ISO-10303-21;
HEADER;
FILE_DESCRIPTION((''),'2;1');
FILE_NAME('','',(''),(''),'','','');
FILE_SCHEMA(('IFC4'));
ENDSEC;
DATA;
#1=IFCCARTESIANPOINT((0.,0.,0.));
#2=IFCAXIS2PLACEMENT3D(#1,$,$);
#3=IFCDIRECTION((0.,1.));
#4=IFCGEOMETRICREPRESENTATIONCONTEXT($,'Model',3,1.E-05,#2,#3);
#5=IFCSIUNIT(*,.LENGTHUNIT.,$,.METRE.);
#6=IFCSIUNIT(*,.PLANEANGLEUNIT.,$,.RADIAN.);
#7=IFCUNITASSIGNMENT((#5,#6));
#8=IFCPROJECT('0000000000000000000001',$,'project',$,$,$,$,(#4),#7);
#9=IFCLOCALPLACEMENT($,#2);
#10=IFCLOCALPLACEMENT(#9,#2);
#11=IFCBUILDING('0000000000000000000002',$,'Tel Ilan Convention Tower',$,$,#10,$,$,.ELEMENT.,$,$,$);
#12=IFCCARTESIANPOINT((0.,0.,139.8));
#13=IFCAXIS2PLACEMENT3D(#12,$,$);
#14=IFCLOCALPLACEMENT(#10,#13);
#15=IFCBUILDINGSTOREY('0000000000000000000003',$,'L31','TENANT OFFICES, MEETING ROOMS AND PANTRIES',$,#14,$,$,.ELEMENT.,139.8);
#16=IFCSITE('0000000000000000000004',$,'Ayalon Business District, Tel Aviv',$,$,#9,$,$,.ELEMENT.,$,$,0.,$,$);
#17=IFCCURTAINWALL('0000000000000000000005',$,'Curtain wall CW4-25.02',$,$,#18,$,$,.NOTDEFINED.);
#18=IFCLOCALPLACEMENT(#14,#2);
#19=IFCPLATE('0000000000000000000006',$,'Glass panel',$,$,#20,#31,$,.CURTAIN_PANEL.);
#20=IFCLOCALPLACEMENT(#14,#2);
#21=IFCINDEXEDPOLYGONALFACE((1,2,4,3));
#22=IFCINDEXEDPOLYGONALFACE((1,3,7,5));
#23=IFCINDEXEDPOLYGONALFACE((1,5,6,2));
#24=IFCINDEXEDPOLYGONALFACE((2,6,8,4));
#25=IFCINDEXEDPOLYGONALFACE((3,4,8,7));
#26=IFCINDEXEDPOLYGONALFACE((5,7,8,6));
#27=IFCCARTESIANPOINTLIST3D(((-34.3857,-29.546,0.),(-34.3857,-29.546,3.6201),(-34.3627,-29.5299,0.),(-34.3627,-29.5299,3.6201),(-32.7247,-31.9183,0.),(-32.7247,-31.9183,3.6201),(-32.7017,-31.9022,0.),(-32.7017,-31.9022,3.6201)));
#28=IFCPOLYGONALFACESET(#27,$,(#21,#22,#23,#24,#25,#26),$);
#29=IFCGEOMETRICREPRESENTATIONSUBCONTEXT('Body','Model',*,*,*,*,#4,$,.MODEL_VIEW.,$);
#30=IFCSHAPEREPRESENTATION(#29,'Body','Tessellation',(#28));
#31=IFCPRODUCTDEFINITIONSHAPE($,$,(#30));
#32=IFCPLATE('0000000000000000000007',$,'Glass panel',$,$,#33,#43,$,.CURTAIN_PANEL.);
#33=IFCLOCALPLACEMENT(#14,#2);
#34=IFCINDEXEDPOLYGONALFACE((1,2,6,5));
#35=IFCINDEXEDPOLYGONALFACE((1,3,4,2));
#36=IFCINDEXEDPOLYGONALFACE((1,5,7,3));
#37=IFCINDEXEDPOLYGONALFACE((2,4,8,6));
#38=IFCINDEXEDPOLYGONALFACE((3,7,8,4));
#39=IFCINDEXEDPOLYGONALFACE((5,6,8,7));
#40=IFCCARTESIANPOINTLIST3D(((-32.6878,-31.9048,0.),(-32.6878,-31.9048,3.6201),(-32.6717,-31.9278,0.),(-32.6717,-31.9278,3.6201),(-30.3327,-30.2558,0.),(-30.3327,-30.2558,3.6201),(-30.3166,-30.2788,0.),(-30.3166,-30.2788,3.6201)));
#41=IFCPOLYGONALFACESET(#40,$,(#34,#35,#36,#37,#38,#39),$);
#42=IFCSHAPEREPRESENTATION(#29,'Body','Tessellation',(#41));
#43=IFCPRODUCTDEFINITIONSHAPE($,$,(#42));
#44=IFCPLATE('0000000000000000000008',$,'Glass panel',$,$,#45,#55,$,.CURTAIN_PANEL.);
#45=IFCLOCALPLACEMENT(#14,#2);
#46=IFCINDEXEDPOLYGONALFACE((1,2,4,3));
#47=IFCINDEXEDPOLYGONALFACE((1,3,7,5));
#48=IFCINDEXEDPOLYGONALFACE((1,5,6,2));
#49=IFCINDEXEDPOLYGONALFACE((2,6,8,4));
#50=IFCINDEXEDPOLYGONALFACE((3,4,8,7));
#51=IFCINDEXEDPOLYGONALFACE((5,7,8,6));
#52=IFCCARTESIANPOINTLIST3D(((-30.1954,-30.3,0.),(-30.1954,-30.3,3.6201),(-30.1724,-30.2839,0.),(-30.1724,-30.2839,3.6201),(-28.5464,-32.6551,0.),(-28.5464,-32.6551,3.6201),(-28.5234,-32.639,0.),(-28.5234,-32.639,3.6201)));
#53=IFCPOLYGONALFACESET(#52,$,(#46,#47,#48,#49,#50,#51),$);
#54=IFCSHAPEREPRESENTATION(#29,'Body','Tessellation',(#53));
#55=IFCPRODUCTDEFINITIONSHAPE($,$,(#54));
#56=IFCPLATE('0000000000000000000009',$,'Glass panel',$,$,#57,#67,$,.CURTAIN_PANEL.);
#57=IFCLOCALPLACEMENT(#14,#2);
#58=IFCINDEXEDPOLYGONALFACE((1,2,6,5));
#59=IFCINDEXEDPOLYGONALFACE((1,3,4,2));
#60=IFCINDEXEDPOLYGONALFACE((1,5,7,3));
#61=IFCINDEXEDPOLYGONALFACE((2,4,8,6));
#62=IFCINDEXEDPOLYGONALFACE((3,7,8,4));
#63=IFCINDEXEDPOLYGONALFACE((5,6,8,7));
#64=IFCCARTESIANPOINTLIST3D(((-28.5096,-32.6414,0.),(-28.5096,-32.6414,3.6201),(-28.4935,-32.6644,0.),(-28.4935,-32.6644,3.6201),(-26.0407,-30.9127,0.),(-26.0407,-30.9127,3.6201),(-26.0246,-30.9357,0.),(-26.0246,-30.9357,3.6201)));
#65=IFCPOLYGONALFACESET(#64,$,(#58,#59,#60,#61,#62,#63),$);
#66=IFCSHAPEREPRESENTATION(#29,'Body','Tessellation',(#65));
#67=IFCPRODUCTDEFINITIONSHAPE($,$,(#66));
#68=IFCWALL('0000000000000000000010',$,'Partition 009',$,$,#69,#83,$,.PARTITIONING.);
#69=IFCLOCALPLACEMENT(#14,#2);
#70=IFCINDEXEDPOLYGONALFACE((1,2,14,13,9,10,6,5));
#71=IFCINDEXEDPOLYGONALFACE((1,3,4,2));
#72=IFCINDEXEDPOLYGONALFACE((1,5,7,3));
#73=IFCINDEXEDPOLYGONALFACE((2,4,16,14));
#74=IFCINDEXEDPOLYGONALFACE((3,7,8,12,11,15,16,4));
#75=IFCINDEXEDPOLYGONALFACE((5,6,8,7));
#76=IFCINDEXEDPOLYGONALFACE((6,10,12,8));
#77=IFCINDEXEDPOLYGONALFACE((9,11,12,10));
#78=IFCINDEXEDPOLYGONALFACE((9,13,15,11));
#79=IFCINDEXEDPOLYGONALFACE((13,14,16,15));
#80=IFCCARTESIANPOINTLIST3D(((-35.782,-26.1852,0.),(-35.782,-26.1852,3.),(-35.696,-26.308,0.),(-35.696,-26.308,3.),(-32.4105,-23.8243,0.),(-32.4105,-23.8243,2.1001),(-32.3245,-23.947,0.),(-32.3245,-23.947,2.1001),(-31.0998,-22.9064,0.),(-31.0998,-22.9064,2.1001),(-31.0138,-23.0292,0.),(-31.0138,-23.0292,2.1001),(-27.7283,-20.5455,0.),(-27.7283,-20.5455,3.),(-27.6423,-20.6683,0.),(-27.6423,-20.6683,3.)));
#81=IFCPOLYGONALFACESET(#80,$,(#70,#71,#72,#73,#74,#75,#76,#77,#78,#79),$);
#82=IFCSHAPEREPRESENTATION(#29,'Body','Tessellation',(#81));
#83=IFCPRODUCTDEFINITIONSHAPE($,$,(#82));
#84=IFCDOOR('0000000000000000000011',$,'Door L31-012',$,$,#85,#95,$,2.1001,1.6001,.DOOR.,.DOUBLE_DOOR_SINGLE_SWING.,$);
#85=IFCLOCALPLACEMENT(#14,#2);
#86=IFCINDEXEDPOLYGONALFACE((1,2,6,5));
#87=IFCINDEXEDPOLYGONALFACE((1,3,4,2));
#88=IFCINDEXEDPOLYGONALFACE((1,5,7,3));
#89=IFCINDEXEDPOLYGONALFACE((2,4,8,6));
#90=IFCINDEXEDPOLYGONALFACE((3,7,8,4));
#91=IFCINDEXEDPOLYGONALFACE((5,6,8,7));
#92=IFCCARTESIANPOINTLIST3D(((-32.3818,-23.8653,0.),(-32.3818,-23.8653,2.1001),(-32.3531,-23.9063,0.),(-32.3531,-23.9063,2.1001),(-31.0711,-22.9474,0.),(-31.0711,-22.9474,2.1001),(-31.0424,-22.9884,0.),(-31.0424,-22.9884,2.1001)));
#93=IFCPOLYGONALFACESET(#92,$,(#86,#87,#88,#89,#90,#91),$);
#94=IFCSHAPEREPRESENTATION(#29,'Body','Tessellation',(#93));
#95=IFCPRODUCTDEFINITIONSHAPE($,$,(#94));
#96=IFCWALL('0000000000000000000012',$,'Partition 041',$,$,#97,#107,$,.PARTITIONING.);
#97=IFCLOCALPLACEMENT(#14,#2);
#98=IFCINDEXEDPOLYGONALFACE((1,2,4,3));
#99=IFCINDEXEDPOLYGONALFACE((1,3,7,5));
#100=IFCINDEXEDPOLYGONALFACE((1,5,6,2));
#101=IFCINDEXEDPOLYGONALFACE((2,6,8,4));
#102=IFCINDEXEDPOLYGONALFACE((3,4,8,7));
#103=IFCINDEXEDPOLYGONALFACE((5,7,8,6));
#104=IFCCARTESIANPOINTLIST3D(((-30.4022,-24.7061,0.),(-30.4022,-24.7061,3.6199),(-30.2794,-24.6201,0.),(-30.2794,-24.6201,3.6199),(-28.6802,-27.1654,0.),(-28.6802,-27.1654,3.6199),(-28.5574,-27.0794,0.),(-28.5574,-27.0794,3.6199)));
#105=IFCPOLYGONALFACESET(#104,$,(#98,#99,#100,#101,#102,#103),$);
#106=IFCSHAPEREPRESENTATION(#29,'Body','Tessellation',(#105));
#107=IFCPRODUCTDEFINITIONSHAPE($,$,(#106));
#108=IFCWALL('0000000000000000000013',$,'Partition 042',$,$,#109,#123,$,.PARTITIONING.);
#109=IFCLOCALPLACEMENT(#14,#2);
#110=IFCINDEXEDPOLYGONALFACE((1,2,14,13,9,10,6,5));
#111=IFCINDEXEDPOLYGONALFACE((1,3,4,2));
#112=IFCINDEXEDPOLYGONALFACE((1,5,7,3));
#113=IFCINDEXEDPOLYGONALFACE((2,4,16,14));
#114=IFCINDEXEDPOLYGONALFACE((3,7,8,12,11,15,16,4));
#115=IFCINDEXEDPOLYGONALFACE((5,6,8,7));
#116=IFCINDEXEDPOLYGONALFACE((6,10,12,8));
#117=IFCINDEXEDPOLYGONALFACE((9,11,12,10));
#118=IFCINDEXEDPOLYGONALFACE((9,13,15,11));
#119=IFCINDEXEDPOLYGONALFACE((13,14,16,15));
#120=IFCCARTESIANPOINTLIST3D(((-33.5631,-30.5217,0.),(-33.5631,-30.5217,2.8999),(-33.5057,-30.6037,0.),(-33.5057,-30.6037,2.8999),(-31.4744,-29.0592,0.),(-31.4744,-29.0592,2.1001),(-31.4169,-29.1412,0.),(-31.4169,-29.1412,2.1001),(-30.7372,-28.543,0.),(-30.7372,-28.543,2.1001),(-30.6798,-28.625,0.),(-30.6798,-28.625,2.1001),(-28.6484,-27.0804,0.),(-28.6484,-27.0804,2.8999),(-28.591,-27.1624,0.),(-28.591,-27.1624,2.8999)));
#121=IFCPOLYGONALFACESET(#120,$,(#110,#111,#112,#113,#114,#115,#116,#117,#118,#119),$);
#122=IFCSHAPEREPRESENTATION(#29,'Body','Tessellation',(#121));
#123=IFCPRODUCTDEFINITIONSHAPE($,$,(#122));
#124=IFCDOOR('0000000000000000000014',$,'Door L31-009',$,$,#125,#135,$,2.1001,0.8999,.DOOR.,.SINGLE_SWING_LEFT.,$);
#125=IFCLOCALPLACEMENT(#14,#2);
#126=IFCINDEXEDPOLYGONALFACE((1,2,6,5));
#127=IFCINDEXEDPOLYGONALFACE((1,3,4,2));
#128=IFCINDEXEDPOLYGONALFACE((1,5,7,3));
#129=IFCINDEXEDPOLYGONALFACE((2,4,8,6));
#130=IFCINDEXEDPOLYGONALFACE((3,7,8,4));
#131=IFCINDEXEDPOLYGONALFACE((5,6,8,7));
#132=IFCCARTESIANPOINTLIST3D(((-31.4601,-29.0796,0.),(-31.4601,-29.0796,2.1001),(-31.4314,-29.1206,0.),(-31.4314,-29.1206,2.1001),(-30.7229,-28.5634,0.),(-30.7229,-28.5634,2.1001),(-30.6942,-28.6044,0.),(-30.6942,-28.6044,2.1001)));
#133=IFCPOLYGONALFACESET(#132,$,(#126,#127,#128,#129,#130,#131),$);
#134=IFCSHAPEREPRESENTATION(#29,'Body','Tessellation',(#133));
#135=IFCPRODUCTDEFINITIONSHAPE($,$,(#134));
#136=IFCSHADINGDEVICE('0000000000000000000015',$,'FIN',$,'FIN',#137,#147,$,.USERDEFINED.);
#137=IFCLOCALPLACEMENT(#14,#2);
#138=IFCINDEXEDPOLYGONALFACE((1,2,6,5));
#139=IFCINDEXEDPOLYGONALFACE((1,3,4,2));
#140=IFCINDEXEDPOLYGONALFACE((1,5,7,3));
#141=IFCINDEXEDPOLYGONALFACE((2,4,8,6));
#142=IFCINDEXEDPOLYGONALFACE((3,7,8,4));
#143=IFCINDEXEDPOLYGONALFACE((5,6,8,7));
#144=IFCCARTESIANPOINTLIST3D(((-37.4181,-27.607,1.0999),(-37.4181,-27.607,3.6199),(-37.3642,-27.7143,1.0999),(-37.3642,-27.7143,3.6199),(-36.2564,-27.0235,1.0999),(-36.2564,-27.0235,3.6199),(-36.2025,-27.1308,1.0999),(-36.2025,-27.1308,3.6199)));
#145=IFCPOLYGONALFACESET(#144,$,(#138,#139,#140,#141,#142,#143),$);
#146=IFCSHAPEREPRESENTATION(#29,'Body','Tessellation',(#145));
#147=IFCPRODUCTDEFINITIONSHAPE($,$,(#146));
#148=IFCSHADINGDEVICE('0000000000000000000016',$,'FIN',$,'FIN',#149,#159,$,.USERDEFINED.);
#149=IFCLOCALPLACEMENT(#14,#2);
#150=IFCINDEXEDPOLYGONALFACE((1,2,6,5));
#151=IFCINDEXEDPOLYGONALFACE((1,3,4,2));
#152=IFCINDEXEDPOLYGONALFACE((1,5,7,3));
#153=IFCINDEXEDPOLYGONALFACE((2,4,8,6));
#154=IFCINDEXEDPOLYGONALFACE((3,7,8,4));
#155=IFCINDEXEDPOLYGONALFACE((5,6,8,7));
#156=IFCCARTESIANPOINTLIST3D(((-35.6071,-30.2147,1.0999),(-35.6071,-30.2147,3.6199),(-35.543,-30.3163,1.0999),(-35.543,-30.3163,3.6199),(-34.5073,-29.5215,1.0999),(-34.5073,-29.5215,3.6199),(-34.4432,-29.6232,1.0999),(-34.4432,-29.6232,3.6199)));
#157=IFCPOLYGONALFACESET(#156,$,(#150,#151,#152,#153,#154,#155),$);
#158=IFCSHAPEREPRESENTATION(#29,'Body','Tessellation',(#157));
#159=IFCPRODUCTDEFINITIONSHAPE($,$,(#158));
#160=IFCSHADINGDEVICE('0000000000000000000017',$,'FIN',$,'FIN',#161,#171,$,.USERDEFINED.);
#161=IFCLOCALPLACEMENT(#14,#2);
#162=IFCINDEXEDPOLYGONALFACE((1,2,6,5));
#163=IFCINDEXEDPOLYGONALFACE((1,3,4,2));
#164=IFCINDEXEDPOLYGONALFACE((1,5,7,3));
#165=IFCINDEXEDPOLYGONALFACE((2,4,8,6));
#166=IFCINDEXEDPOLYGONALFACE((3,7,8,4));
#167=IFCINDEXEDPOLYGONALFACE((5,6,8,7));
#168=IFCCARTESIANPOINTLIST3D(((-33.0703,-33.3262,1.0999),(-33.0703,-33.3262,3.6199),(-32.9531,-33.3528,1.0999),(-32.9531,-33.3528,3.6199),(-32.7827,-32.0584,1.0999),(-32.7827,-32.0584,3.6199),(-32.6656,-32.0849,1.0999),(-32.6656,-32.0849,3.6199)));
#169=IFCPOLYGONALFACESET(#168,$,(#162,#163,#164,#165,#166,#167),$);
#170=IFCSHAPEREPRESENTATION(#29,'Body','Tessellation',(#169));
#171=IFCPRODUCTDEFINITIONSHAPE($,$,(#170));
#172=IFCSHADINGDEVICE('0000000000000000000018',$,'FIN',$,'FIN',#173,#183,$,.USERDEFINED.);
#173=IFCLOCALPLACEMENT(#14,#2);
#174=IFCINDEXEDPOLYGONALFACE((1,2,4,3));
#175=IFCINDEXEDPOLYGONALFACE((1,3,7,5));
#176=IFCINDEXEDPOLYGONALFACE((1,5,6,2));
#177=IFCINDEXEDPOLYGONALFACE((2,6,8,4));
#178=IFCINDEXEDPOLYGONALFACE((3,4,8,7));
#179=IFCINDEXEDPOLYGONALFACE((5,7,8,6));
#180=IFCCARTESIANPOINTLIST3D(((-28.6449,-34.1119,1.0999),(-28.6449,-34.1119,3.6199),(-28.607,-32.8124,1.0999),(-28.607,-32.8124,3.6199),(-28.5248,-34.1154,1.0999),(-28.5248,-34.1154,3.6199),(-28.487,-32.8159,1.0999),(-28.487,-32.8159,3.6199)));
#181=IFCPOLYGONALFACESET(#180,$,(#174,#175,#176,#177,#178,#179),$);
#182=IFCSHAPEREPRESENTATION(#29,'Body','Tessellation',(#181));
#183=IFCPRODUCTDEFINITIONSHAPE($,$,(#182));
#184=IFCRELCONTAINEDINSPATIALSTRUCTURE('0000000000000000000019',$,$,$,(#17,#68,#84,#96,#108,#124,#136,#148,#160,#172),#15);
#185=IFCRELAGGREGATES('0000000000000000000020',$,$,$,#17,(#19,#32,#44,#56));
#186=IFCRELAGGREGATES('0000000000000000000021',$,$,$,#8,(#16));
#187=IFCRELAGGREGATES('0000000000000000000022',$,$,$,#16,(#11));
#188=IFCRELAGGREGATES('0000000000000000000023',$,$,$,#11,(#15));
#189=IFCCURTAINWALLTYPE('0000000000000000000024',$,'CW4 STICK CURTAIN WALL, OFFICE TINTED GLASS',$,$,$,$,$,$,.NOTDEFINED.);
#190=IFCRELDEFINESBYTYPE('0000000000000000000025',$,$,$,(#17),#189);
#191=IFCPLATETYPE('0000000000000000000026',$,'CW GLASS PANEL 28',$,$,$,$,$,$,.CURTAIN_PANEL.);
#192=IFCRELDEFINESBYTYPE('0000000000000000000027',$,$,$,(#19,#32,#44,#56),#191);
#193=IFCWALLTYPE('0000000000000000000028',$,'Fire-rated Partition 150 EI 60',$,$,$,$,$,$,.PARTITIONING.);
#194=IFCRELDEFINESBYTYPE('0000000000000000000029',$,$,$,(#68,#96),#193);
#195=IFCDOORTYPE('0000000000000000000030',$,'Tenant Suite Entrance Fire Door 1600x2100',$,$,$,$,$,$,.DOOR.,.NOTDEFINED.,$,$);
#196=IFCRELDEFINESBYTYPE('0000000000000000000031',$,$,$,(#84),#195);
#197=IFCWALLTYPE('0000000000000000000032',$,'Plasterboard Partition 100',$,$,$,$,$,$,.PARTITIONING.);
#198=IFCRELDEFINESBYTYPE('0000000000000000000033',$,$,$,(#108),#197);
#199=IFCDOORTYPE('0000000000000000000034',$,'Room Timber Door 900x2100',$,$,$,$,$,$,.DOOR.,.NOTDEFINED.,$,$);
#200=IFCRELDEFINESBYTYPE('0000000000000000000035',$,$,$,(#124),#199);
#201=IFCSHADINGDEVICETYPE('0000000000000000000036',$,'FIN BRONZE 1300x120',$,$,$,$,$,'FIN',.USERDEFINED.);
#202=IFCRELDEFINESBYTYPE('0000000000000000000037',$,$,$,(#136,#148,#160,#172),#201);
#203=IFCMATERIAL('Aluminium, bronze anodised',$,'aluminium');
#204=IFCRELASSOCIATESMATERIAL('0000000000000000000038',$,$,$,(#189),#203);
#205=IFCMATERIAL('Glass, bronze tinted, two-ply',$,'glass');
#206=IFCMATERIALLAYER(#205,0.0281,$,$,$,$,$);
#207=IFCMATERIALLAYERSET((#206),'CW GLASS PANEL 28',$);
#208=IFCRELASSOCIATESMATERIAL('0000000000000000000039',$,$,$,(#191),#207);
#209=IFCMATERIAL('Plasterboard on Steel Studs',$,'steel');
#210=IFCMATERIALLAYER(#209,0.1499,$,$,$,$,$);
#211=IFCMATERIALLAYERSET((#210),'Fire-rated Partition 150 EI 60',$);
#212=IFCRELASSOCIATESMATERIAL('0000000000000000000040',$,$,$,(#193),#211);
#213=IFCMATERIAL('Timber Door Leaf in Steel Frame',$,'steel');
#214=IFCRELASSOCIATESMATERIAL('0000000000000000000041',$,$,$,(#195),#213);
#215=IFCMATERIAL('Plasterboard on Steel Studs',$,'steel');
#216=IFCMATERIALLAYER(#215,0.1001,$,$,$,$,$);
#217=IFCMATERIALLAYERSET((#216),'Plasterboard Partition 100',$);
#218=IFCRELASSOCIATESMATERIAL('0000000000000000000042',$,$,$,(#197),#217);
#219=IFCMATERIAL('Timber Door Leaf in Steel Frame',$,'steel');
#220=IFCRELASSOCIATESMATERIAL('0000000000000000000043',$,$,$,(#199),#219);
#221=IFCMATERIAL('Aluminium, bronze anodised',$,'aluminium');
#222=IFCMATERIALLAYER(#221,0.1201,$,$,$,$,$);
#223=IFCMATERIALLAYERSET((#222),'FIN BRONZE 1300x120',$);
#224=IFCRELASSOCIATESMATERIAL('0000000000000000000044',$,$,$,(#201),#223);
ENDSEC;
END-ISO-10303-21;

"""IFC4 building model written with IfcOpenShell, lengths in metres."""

from ifc_helpers import new_model, si_unit, direction, frame, frame_2d, origin, origin_2d, place, context, subcontext, project, spatial, rectangle, extrude, material, layer, layer_set, type_object, element, fill, aggregate, save


model = new_model("IFC4")

# Units and contexts
model_context = context("Model", 3, precision=1e-05, world=origin(), true_north=direction((0.0, 1.0)))
body_context = subcontext(model_context, "Body", "Model", "MODEL_VIEW")
ifc_project = project(units=[si_unit("LENGTHUNIT", "METRE"), si_unit("PLANEANGLEUNIT", "RADIAN")], contexts=[model_context])

# Site, building, storey
site_placement = place(None, origin())
site = spatial("IfcSite", under=ifc_project, at=site_placement, Name="Ayalon Business District, Tel Aviv", CompositionType="ELEMENT", RefElevation=0.0)
building_placement = place(site_placement, origin())
building = spatial("IfcBuilding", under=site, at=building_placement, Name="Tel Ilan Convention Tower", CompositionType="ELEMENT")
storey_placement = place(building_placement, frame((0.0, 0.0, 139.8)))
storey = spatial("IfcBuildingStorey", under=building, at=storey_placement, Name="L31", Description="TENANT OFFICES, MEETING ROOMS AND PANTRIES", CompositionType="ELEMENT", Elevation=139.8)

# Curtain wall, plates
ifc_material_1 = material(Name="Aluminium, bronze anodised", Category="aluminium")
curtain_wall_type = type_object("IfcCurtainWallType", Name="CW4 STICK CURTAIN WALL, OFFICE TINTED GLASS", PredefinedType="NOTDEFINED", material=ifc_material_1)
curtain_wall_placement = place(storey_placement, origin())
curtain_wall = element("IfcCurtainWall", 1, at=curtain_wall_placement, inside=storey, type_object=curtain_wall_type, Name="Curtain wall CW4-25.02", PredefinedType="NOTDEFINED")
ifc_material_2 = material(Name="Glass, bronze tinted, two-ply", Category="glass")
ifc_layer_1 = layer(ifc_material_2, 0.0281)
ifc_layer_set_1 = layer_set([ifc_layer_1], Name="CW GLASS PANEL 28")
plate_type = type_object("IfcPlateType", Name="CW GLASS PANEL 28", PredefinedType="CURTAIN_PANEL", material=ifc_layer_set_1)
plate_1_placement = place(storey_placement, frame((-33.5437, -30.7241, 0.0), z_axis=(0.0, 0.0, 1.0), x_axis=(0.573576, -0.819152, 0.0)))
plate_1 = element("IfcPlate", 2, at=plate_1_placement, type_object=plate_type, Name="Glass panel", PredefinedType="CURTAIN_PANEL", context=body_context, shape_type="SweptSolid", body=[
    extrude(rectangle(XDim=2.896, YDim=0.0281, at=origin_2d()), origin(), (0.0, 0.0, 1.0), 3.6201),
])
plate_2_placement = place(storey_placement, frame((-31.5022, -31.0918, 0.0), z_axis=(0.0, 0.0, 1.0), x_axis=(0.819152, 0.573576, 0.0)))
plate_2 = element("IfcPlate", 3, at=plate_2_placement, type_object=plate_type, Name="Glass panel", PredefinedType="CURTAIN_PANEL", context=body_context, shape_type="SweptSolid", body=[
    extrude(rectangle(XDim=2.875, YDim=0.0281, at=origin_2d()), origin(), (0.0, 0.0, 1.0), 3.6201),
])
plate_3_placement = place(storey_placement, frame((-29.3594, -31.4695, 0.0), z_axis=(0.0, 0.0, 1.0), x_axis=(0.573576, -0.819152, 0.0)))
plate_3 = element("IfcPlate", 4, at=plate_3_placement, type_object=plate_type, Name="Glass panel", PredefinedType="CURTAIN_PANEL", context=body_context, shape_type="SweptSolid", body=[
    extrude(rectangle(XDim=2.875, YDim=0.0281, at=origin_2d()), origin(), (0.0, 0.0, 1.0), 3.6201),
])
plate_4_placement = place(storey_placement, frame((-27.2671, -31.7886, 0.0), z_axis=(0.0, 0.0, 1.0), x_axis=(0.819152, 0.573576, 0.0)))
plate_4 = element("IfcPlate", 5, at=plate_4_placement, type_object=plate_type, Name="Glass panel", PredefinedType="CURTAIN_PANEL", context=body_context, shape_type="SweptSolid", body=[
    extrude(rectangle(XDim=3.0139, YDim=0.0281, at=origin_2d()), origin(), (0.0, 0.0, 1.0), 3.6201),
])
aggregate(curtain_wall, [plate_1, plate_2, plate_3, plate_4])

# Wall, opening, door
ifc_material_3 = material(Name="Plasterboard on Steel Studs", Category="steel")
ifc_layer_2 = layer(ifc_material_3, 0.1499)
ifc_layer_set_2 = layer_set([ifc_layer_2], Name="Fire-rated Partition 150 EI 60")
wall_type_1 = type_object("IfcWallType", Name="Fire-rated Partition 150 EI 60", PredefinedType="PARTITIONING", material=ifc_layer_set_2)
wall_1_placement = place(storey_placement, frame((-35.739, -26.2466, 0.0), z_axis=(0.0, 0.0, 1.0), x_axis=(0.819134, 0.573602, 0.0)))
wall_1 = element("IfcWall", 6, at=wall_1_placement, inside=storey, type_object=wall_type_1, Name="Partition 009", PredefinedType="PARTITIONING", context=body_context, shape_type="SweptSolid", body=[
    extrude(rectangle(XDim=9.832, YDim=0.1499, at=frame_2d((4.916, 0.0))), origin(), (0.0, 0.0, 1.0), 3.0),
])
opening_1_placement = place(wall_1_placement, frame((4.116, 0.0, 0.0)))
opening_1 = element("IfcOpeningElement", 7, at=opening_1_placement, cuts=wall_1, PredefinedType="OPENING", context=body_context, shape_type="SweptSolid", body=[
    extrude(rectangle(XDim=1.6001, YDim=2.1001, at=frame_2d((0.8, 1.05))), frame((0.0, 0.085, 0.0), z_axis=(0.0, -1.0, 0.0), x_axis=(1.0, 0.0, 0.0)), (0.0, 0.0, 1.0), 0.1699),
])
ifc_material_4 = material(Name="Timber Door Leaf in Steel Frame", Category="steel")
door_type_1 = type_object("IfcDoorType", Name="Tenant Suite Entrance Fire Door 1600x2100", OperationType="NOTDEFINED", PredefinedType="DOOR", material=ifc_material_4)
door_1_placement = place(opening_1_placement, origin())
door_1 = element("IfcDoor", 8, at=door_1_placement, inside=storey, type_object=door_type_1, Name="Door L31-012", OperationType="DOUBLE_DOOR_SINGLE_SWING", OverallHeight=2.1001, OverallWidth=1.6001, PredefinedType="DOOR", context=body_context, shape_type="SweptSolid", body=[
    extrude(rectangle(XDim=1.6001, YDim=2.1001, at=frame_2d((0.8, 1.05))), frame((0.0, 0.0249, 0.0), z_axis=(0.0, -1.0, 0.0), x_axis=(1.0, 0.0, 0.0)), (0.0, 0.0, 1.0), 0.05),
])
fill(opening_1, door_1)

# Wall
wall_2_placement = place(storey_placement, frame((-28.6189, -27.1223, 0.0), z_axis=(0.0, 0.0, 1.0), x_axis=(-0.573566, 0.819159, 0.0)))
element("IfcWall", 9, at=wall_2_placement, inside=storey, type_object=wall_type_1, Name="Partition 041", PredefinedType="PARTITIONING", context=body_context, shape_type="SweptSolid", body=[
    extrude(rectangle(XDim=3.0022, YDim=0.1499, at=frame_2d((1.501, 0.0))), origin(), (0.0, 0.0, 1.0), 3.6199),
])

# Wall, opening, door
ifc_material_5 = material(Name="Plasterboard on Steel Studs", Category="steel")
ifc_layer_3 = layer(ifc_material_5, 0.1001)
ifc_layer_set_3 = layer_set([ifc_layer_3], Name="Plasterboard Partition 100")
wall_type_2 = type_object("IfcWallType", Name="Plasterboard Partition 100", PredefinedType="PARTITIONING", material=ifc_layer_set_3)
wall_3_placement = place(storey_placement, frame((-28.6196, -27.1213, 0.0), z_axis=(0.0, 0.0, 1.0), x_axis=(-0.81915, -0.57358, 0.0)))
wall_3 = element("IfcWall", 10, at=wall_3_placement, inside=storey, type_object=wall_type_2, Name="Partition 042", PredefinedType="PARTITIONING", context=body_context, shape_type="SweptSolid", body=[
    extrude(rectangle(XDim=5.9998, YDim=0.1001, at=frame_2d((3.0, 0.0))), origin(), (0.0, 0.0, 1.0), 2.8999),
])
opening_2_placement = place(wall_3_placement, frame((2.55, 0.0, 0.0)))
opening_2 = element("IfcOpeningElement", 11, at=opening_2_placement, cuts=wall_3, PredefinedType="OPENING", context=body_context, shape_type="SweptSolid", body=[
    extrude(rectangle(XDim=0.8999, YDim=2.1001, at=frame_2d((0.45, 1.05))), frame((0.0, 0.0601, 0.0), z_axis=(0.0, -1.0, 0.0), x_axis=(1.0, 0.0, 0.0)), (0.0, 0.0, 1.0), 0.1201),
])
ifc_material_6 = material(Name="Timber Door Leaf in Steel Frame", Category="steel")
door_type_2 = type_object("IfcDoorType", Name="Room Timber Door 900x2100", OperationType="NOTDEFINED", PredefinedType="DOOR", material=ifc_material_6)
door_2_placement = place(opening_2_placement, origin())
door_2 = element("IfcDoor", 12, at=door_2_placement, inside=storey, type_object=door_type_2, Name="Door L31-009", OperationType="SINGLE_SWING_LEFT", OverallHeight=2.1001, OverallWidth=0.8999, PredefinedType="DOOR", context=body_context, shape_type="SweptSolid", body=[
    extrude(rectangle(XDim=0.8999, YDim=2.1001, at=frame_2d((0.45, 1.05))), frame((0.0, 0.0249, 0.0), z_axis=(0.0, -1.0, 0.0), x_axis=(1.0, 0.0, 0.0)), (0.0, 0.0, 1.0), 0.05),
])
fill(opening_2, door_2)

# Shading devices
ifc_material_7 = material(Name="Aluminium, bronze anodised", Category="aluminium")
ifc_layer_4 = layer(ifc_material_7, 0.1201)
ifc_layer_set_4 = layer_set([ifc_layer_4], Name="FIN BRONZE 1300x120")
shading_device_type = type_object("IfcShadingDeviceType", Name="FIN BRONZE 1300x120", ElementType="FIN", PredefinedType="USERDEFINED", material=ifc_layer_set_4)
for number, where, z_axis, x_axis, name in (
    (13, (-36.8103, -27.3689, 1.0999), (0.0, 0.0, 1.0), (-0.893633, -0.448799, 0.0), "FIN"),
    (14, (-35.0251, -29.9189, 1.0999), (0.0, 0.0, 1.0), (-0.845986, -0.533204, 0.0), "FIN"),
    (15, (-32.8679, -32.7056, 1.0999), (0.0, 0.0, 1.0), (-0.22117, -0.975235, 0.0), "FIN"),
    (16, (-28.5659, -33.4639, 1.0999), (0.0, 0.0, 1.0), (-0.029085, -0.999577, 0.0), "FIN"),
):
    element("IfcShadingDevice", number, at=place(storey_placement, frame(where, z_axis=z_axis, x_axis=x_axis)), inside=storey, type_object=shading_device_type, Name=name, ObjectType="FIN", PredefinedType="USERDEFINED", context=body_context, shape_type="SweptSolid", body=[
        extrude(rectangle(XDim=1.3, YDim=0.1201, at=origin_2d()), origin(), (0.0, 0.0, 1.0), 2.52),
    ])

save(model, "model.ifc")
